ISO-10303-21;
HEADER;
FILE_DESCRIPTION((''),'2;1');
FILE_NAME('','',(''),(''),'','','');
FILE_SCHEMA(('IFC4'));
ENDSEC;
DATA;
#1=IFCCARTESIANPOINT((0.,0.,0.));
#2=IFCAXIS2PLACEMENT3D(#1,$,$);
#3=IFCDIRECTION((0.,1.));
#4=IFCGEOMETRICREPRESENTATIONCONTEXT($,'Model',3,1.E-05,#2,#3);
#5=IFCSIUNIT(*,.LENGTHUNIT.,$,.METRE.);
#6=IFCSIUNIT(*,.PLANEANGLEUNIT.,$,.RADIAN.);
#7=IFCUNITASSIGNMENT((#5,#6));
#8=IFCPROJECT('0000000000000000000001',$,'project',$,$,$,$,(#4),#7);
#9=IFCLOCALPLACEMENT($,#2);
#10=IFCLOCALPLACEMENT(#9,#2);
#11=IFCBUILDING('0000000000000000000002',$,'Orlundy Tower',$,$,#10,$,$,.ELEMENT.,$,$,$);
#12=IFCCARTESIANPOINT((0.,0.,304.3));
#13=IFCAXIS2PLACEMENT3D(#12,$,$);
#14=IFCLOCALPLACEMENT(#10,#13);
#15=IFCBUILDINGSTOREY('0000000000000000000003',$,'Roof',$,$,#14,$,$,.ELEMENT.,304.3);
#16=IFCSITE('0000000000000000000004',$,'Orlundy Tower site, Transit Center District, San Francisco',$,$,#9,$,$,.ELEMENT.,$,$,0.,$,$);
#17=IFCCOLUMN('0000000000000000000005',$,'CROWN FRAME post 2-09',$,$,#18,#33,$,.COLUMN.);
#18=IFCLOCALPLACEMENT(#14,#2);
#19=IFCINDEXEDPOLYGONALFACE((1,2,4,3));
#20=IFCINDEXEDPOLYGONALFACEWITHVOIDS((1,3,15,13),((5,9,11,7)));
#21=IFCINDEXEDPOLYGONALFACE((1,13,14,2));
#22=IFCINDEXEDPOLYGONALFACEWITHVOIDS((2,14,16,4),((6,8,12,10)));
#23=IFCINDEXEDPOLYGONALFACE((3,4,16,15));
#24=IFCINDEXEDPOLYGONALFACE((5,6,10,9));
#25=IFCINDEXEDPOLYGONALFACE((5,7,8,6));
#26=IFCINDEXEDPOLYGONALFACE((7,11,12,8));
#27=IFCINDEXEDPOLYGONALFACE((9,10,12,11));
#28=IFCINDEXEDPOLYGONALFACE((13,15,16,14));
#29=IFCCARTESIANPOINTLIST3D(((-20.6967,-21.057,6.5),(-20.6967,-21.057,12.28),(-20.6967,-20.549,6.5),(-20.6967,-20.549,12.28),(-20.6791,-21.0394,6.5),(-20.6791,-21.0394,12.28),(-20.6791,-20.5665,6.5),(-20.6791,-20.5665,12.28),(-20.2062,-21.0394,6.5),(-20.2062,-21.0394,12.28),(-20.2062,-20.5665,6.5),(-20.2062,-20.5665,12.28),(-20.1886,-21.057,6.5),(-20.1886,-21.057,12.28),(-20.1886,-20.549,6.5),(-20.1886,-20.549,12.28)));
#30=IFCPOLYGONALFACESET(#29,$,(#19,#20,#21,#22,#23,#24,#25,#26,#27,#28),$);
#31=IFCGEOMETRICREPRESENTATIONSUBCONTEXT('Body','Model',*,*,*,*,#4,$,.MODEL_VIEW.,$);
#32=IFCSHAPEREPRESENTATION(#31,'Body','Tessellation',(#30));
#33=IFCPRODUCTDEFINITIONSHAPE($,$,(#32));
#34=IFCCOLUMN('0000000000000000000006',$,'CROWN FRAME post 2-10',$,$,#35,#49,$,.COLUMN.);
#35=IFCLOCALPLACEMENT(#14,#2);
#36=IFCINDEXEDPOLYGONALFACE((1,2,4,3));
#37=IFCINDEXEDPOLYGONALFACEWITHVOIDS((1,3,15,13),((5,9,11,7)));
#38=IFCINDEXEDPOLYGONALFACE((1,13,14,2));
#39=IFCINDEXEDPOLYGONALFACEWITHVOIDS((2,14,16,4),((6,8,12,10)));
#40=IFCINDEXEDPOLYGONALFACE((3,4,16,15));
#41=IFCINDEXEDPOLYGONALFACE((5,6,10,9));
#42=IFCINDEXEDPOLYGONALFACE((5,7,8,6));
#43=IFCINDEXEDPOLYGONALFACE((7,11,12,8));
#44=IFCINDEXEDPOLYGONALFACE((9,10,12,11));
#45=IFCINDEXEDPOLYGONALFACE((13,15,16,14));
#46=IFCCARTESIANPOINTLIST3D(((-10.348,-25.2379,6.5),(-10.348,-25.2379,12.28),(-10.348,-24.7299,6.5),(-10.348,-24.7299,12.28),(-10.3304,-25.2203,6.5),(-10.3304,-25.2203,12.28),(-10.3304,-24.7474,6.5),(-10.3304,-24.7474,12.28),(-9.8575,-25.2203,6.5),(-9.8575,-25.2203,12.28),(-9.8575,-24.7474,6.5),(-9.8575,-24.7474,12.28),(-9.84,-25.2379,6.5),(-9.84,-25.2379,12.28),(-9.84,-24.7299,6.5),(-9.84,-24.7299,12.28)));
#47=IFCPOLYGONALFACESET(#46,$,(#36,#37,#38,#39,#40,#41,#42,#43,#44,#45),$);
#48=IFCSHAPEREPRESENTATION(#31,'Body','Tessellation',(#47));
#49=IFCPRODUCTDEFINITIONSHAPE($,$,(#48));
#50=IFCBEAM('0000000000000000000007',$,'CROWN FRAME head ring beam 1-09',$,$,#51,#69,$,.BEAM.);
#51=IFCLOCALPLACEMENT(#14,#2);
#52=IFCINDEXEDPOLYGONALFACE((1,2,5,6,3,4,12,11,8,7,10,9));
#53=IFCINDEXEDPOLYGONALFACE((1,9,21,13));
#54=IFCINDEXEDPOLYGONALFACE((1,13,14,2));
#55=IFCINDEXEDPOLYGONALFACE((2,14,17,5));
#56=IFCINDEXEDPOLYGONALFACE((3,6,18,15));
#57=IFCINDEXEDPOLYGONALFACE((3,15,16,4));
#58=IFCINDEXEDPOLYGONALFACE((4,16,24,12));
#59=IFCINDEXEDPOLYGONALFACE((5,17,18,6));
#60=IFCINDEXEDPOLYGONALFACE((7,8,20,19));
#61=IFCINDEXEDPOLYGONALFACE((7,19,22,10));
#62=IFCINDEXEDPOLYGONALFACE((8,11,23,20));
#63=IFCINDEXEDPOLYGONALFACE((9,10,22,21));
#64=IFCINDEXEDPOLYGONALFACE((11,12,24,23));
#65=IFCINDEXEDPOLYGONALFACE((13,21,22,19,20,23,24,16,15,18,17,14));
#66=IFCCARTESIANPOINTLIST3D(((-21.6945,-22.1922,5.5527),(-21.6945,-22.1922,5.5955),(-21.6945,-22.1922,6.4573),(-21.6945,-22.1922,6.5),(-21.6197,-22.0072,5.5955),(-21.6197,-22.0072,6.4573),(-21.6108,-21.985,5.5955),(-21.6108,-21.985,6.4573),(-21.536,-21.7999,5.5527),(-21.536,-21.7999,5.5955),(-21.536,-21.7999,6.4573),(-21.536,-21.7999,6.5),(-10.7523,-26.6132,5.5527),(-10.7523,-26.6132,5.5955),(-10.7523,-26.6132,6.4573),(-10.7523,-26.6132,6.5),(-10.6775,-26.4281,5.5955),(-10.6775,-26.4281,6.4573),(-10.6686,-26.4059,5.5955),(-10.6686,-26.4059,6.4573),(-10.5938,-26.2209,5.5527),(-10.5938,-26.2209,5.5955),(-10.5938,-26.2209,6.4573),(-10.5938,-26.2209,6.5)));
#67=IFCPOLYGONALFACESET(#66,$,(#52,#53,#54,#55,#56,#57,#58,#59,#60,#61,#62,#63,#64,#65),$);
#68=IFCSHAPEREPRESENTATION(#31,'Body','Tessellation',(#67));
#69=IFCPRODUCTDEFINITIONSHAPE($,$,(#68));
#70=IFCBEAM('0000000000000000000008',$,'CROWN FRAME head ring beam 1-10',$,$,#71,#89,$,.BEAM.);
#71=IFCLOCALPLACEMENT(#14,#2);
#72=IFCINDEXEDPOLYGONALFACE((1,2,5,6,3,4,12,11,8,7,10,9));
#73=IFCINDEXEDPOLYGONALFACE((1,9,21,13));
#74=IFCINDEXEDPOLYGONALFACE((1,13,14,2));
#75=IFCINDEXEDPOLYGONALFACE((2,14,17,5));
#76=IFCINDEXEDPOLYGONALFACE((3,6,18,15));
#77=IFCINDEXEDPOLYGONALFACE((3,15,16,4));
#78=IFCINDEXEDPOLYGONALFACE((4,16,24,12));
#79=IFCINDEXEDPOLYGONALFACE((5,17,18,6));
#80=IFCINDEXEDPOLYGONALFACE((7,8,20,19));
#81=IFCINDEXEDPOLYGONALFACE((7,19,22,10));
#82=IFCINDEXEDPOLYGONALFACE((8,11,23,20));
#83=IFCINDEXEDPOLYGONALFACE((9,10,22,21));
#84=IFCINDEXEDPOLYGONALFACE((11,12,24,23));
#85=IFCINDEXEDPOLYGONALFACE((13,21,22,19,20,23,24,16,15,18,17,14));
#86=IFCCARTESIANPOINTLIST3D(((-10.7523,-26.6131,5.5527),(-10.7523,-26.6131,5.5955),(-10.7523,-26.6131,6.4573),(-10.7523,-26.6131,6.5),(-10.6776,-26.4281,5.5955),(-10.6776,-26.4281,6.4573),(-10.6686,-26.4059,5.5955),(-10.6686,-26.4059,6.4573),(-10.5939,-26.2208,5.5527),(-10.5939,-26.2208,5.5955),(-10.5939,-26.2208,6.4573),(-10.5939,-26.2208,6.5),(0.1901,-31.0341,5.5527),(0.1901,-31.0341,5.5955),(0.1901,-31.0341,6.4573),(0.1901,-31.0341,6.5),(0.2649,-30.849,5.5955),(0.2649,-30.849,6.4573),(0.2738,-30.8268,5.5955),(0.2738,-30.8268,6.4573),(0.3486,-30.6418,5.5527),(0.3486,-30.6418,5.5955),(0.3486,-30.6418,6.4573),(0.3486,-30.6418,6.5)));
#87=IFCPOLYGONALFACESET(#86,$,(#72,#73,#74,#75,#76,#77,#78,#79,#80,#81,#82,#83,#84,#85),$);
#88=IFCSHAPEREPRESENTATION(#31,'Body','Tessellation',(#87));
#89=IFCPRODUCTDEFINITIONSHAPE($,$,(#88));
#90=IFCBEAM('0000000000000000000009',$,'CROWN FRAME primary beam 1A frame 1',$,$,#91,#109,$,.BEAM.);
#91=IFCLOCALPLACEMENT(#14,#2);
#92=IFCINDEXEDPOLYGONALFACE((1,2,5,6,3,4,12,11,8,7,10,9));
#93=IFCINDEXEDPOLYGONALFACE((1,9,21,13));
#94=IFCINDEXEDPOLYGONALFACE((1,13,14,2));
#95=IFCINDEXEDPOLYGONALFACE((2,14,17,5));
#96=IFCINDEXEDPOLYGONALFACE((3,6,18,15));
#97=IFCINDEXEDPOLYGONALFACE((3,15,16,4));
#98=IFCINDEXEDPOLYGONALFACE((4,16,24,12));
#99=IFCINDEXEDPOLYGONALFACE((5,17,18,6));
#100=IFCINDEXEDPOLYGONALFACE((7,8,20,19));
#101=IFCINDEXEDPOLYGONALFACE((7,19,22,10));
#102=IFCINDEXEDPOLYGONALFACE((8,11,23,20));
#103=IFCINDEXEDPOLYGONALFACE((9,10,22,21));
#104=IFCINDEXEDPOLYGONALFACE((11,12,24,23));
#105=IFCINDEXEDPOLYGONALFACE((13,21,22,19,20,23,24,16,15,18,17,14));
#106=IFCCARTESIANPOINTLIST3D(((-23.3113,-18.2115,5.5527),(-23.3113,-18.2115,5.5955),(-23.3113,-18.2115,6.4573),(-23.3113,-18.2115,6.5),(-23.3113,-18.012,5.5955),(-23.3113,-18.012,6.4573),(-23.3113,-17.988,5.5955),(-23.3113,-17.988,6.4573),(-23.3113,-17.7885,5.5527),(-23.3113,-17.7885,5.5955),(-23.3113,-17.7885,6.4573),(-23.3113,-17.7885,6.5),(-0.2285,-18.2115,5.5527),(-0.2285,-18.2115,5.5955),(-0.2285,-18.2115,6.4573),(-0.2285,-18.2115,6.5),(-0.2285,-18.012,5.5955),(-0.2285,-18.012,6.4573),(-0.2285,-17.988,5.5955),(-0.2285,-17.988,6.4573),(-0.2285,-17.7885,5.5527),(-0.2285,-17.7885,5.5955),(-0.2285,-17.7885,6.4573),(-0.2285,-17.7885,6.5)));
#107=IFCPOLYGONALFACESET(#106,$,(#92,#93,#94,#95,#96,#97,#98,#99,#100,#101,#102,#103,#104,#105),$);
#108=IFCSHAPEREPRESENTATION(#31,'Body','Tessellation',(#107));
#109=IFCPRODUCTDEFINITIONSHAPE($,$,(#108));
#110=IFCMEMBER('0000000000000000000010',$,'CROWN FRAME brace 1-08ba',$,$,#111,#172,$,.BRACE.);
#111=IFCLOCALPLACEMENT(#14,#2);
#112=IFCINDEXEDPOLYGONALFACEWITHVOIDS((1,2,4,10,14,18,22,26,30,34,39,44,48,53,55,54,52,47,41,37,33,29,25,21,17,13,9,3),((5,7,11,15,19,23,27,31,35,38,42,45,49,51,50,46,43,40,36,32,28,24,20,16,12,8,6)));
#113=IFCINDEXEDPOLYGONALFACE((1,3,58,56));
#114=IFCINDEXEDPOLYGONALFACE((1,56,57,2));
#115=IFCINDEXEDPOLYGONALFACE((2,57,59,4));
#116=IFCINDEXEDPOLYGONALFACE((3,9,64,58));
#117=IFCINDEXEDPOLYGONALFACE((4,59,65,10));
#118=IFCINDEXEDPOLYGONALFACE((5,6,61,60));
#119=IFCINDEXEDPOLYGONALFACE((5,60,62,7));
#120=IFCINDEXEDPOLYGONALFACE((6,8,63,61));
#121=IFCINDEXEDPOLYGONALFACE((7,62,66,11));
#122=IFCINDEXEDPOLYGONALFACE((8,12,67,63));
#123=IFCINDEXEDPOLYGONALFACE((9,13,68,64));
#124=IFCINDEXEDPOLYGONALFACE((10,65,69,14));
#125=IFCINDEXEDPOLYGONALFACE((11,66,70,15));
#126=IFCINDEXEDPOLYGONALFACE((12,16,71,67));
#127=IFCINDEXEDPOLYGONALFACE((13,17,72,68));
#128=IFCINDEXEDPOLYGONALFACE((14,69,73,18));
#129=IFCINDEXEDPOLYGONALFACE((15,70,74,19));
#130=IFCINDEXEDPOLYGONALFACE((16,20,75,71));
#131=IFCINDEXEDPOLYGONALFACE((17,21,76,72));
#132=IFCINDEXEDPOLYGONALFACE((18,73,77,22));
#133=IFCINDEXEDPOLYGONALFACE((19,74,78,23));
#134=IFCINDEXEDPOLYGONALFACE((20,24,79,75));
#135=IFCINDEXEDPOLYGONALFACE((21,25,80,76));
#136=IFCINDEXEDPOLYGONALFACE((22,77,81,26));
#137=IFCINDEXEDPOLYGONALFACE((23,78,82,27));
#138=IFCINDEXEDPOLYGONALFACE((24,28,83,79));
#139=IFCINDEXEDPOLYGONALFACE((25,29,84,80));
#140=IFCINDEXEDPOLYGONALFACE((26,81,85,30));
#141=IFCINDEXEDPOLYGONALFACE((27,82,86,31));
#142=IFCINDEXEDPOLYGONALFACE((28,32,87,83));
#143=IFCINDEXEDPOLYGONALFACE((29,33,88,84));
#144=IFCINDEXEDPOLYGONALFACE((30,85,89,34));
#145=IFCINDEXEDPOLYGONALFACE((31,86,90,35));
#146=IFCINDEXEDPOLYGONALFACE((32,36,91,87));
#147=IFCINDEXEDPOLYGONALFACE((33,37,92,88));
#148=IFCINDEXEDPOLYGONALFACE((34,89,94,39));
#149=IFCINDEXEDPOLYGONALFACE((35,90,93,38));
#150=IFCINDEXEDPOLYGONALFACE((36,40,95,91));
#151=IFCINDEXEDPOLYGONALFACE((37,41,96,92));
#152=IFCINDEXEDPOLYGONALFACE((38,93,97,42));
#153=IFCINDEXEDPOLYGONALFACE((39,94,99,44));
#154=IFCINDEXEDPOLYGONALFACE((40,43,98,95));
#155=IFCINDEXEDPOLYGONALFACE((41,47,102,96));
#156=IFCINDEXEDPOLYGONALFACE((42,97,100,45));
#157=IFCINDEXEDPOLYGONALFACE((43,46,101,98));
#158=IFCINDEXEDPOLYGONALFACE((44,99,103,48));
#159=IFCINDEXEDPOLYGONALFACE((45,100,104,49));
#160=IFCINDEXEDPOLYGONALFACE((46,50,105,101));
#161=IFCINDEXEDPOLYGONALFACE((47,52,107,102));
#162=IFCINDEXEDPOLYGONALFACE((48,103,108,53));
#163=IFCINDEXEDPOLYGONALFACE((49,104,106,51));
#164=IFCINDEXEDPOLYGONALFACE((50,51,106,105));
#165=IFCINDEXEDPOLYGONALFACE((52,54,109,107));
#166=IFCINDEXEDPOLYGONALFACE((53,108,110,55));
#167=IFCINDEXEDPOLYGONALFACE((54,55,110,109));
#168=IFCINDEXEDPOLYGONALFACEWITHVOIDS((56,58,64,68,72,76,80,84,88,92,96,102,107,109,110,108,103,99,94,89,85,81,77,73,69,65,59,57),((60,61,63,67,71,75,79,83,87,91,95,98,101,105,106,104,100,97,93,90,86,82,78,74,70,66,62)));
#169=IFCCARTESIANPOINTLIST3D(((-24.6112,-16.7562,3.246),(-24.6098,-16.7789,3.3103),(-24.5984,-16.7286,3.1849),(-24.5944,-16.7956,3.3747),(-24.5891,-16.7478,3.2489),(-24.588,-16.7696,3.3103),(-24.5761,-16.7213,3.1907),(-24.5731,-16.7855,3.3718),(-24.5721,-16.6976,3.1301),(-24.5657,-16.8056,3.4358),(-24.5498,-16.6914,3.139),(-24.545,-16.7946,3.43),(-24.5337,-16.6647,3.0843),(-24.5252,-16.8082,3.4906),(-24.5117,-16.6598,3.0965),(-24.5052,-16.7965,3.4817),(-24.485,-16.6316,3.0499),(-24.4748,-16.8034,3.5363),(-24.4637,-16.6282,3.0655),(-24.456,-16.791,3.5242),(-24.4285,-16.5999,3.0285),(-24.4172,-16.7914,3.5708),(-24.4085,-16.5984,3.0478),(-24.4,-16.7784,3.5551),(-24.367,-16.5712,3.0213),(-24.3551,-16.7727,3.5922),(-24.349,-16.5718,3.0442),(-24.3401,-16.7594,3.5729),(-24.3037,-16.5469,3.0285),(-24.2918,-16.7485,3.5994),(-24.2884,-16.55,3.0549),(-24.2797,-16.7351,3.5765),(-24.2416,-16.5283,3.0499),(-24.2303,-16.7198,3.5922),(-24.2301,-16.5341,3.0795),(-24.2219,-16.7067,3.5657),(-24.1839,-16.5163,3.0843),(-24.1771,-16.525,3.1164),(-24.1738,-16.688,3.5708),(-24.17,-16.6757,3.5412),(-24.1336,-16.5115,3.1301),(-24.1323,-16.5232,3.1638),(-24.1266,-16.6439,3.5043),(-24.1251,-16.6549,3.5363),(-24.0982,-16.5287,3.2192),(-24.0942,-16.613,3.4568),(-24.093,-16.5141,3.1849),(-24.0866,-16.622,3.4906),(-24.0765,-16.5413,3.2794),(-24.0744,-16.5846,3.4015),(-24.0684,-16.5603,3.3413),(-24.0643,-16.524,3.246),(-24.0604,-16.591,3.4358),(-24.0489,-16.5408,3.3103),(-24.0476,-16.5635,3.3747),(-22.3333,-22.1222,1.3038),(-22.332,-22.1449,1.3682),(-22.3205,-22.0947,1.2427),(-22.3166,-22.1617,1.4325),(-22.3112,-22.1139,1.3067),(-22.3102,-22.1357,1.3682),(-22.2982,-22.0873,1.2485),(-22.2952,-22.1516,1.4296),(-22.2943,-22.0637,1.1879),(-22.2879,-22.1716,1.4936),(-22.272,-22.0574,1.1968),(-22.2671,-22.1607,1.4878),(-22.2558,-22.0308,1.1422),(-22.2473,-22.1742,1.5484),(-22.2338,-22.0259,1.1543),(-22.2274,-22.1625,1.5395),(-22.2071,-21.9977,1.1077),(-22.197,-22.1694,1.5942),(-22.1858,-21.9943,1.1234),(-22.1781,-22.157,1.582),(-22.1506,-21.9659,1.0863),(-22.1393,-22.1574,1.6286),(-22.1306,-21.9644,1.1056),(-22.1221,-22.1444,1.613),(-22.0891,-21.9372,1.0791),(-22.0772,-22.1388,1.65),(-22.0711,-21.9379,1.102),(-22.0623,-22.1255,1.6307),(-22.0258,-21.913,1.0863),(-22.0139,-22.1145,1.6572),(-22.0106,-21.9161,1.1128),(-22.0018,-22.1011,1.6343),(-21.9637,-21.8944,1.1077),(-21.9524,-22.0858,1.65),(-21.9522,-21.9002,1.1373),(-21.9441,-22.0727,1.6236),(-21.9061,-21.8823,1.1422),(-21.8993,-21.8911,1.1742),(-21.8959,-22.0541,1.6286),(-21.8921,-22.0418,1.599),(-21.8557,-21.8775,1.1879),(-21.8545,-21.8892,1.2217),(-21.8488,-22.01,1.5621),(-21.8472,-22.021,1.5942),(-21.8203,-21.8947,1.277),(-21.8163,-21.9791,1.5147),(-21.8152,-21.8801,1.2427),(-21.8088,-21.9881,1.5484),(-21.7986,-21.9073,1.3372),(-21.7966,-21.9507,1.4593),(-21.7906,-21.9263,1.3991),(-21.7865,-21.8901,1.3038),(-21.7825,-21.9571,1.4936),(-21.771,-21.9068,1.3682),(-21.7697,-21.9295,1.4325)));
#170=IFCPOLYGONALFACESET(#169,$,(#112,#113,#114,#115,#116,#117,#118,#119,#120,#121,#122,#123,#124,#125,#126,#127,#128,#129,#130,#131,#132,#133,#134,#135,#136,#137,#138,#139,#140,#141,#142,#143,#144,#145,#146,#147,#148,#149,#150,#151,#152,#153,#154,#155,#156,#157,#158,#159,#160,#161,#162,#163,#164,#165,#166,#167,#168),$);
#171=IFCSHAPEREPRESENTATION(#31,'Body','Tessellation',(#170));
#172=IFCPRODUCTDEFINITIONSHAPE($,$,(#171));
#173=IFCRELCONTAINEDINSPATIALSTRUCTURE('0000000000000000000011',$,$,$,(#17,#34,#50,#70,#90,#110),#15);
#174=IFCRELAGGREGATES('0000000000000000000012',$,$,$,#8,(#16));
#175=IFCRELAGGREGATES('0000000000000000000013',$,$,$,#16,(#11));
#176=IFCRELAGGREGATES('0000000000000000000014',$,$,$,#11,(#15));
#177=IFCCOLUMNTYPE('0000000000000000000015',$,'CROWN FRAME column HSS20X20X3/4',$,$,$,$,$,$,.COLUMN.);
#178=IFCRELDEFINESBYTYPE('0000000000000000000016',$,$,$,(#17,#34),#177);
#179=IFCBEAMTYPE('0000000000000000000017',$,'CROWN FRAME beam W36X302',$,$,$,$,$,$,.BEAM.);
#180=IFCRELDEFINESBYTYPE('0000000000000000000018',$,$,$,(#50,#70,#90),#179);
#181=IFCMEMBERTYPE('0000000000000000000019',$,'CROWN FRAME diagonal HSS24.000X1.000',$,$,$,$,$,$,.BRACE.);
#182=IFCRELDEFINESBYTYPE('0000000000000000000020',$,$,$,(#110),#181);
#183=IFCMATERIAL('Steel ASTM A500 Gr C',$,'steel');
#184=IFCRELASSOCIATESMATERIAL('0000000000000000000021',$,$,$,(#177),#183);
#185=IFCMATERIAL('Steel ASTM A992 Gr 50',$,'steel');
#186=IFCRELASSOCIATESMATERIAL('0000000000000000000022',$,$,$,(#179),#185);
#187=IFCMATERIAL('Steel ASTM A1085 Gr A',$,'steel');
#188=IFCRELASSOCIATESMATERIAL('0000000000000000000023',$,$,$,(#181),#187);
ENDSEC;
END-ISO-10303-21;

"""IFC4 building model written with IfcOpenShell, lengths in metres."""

from ifc_helpers import new_model, si_unit, direction, frame, origin, origin_2d, place, context, subcontext, project, spatial, hollow_rectangle, hollow_circle, i_section, extrude, material, material_profile, profile_set, type_object, element, save


model = new_model("IFC4")

# Units and contexts
model_context = context("Model", 3, precision=1e-05, world=origin(), true_north=direction((0.0, 1.0)))
body_context = subcontext(model_context, "Body", "Model", "MODEL_VIEW")
ifc_project = project(units=[si_unit("LENGTHUNIT", "METRE"), si_unit("PLANEANGLEUNIT", "RADIAN")], contexts=[model_context])

# Site, building, storey
site_placement = place(None, origin())
site = spatial("IfcSite", under=ifc_project, at=site_placement, Name="Orlundy Tower site, Transit Center District, San Francisco", CompositionType="ELEMENT", RefElevation=0.0)
building_placement = place(site_placement, origin())
building = spatial("IfcBuilding", under=site, at=building_placement, Name="Orlundy Tower", CompositionType="ELEMENT")
storey_placement = place(building_placement, frame((0.0, 0.0, 304.3)))
storey = spatial("IfcBuildingStorey", under=building, at=storey_placement, Name="Roof", CompositionType="ELEMENT", Elevation=304.3)

# Columns
ifc_material_1 = material(Name="Steel ASTM A500 Gr C", Category="steel")
ifc_material_profile_1 = material_profile(ifc_material_1, hollow_rectangle(XDim=0.5081, YDim=0.5081, WallThickness=0.0176, at=origin_2d()), Name="HSS20X20X3/4")
ifc_profile_set_1 = profile_set([ifc_material_profile_1], Name="Steel ASTM A500 Gr C")
column_type = type_object("IfcColumnType", Name="CROWN FRAME column HSS20X20X3/4", PredefinedType="COLUMN", material=ifc_profile_set_1)
for number, where, z_axis, x_axis, name in (
    (1, (-20.4426, -20.803, 6.5), (0.0, 0.0, 1.0), (1.0, 0.0, 0.0), "CROWN FRAME post 2-09"),
    (2, (-10.094, -24.9839, 6.5), (0.0, 0.0, 1.0), (1.0, 0.0, 0.0), "CROWN FRAME post 2-10"),
):
    element("IfcColumn", number, at=place(storey_placement, frame(where, z_axis=z_axis, x_axis=x_axis)), inside=storey, type_object=column_type, Name=name, PredefinedType="COLUMN", context=body_context, shape_type="SweptSolid", body=[
        extrude(hollow_rectangle(XDim=0.5081, YDim=0.5081, WallThickness=0.0176, at=origin_2d()), origin(), (0.0, 0.0, 1.0), 5.78),
    ])

# Beams
ifc_material_2 = material(Name="Steel ASTM A992 Gr 50", Category="steel")
ifc_material_profile_2 = material_profile(ifc_material_2, i_section(OverallWidth=0.4231, OverallDepth=0.9473, WebThickness=0.0239, FlangeThickness=0.0427, at=origin_2d()), Name="W36X302")
ifc_profile_set_2 = profile_set([ifc_material_profile_2], Name="Steel ASTM A992 Gr 50")
beam_type = type_object("IfcBeamType", Name="CROWN FRAME beam W36X302", PredefinedType="BEAM", material=ifc_profile_set_2)
beam_1_placement = place(storey_placement, frame((-21.6152, -21.9961, 6.0264), z_axis=(0.927184, -0.374606, 0.0), x_axis=(0.374606, 0.927184, 0.0)))
element("IfcBeam", 3, at=beam_1_placement, inside=storey, type_object=beam_type, Name="CROWN FRAME head ring beam 1-09", PredefinedType="BEAM", context=body_context, shape_type="SweptSolid", body=[
    extrude(i_section(OverallWidth=0.4231, OverallDepth=0.9473, WebThickness=0.0239, FlangeThickness=0.0427, at=origin_2d()), origin(), (0.0, 0.0, 1.0), 11.8015),
])
beam_2_placement = place(storey_placement, frame((-10.6731, -26.417, 6.0264), z_axis=(0.927187, -0.374598, 0.0), x_axis=(0.374598, 0.927187, 0.0)))
element("IfcBeam", 4, at=beam_2_placement, inside=storey, type_object=beam_type, Name="CROWN FRAME head ring beam 1-10", PredefinedType="BEAM", context=body_context, shape_type="SweptSolid", body=[
    extrude(i_section(OverallWidth=0.4231, OverallDepth=0.9473, WebThickness=0.0239, FlangeThickness=0.0427, at=origin_2d()), origin(), (0.0, 0.0, 1.0), 11.8018),
])
beam_3_placement = place(storey_placement, frame((-23.3113, -18.0, 6.0264), z_axis=(1.0, 0.0, 0.0), x_axis=(0.0, 1.0, 0.0)))
element("IfcBeam", 5, at=beam_3_placement, inside=storey, type_object=beam_type, Name="CROWN FRAME primary beam 1A frame 1", PredefinedType="BEAM", context=body_context, shape_type="SweptSolid", body=[
    extrude(i_section(OverallWidth=0.4231, OverallDepth=0.9473, WebThickness=0.0239, FlangeThickness=0.0427, at=origin_2d()), origin(), (0.0, 0.0, 1.0), 23.0828),
])

# Member
ifc_material_3 = material(Name="Steel ASTM A1085 Gr A", Category="steel")
ifc_material_profile_3 = material_profile(ifc_material_3, hollow_circle(Radius=0.3047, WallThickness=0.0237, at=origin_2d()), Name="HSS24.000X1.000")
ifc_profile_set_3 = profile_set([ifc_material_profile_3], Name="Steel ASTM A1085 Gr A")
member_type_1 = type_object("IfcMemberType", Name="CROWN FRAME diagonal HSS24.000X1.000", PredefinedType="BRACE", material=ifc_profile_set_3)
member_1_placement = place(storey_placement, frame((-22.0515, -22.0259, 1.3682), z_axis=(-0.370715, 0.873306, 0.316081), x_axis=(-0.920498, -0.390748, 0.0)))
element("IfcMember", 6, at=member_1_placement, inside=storey, type_object=member_type_1, Name="CROWN FRAME brace 1-08ba", PredefinedType="BRACE", context=body_context, shape_type="SweptSolid", body=[
    extrude(hollow_circle(Radius=0.3047, WallThickness=0.0237, at=origin_2d()), origin(), (0.0, 0.0, 1.0), 6.1445),
])

save(model, "model.ifc")
